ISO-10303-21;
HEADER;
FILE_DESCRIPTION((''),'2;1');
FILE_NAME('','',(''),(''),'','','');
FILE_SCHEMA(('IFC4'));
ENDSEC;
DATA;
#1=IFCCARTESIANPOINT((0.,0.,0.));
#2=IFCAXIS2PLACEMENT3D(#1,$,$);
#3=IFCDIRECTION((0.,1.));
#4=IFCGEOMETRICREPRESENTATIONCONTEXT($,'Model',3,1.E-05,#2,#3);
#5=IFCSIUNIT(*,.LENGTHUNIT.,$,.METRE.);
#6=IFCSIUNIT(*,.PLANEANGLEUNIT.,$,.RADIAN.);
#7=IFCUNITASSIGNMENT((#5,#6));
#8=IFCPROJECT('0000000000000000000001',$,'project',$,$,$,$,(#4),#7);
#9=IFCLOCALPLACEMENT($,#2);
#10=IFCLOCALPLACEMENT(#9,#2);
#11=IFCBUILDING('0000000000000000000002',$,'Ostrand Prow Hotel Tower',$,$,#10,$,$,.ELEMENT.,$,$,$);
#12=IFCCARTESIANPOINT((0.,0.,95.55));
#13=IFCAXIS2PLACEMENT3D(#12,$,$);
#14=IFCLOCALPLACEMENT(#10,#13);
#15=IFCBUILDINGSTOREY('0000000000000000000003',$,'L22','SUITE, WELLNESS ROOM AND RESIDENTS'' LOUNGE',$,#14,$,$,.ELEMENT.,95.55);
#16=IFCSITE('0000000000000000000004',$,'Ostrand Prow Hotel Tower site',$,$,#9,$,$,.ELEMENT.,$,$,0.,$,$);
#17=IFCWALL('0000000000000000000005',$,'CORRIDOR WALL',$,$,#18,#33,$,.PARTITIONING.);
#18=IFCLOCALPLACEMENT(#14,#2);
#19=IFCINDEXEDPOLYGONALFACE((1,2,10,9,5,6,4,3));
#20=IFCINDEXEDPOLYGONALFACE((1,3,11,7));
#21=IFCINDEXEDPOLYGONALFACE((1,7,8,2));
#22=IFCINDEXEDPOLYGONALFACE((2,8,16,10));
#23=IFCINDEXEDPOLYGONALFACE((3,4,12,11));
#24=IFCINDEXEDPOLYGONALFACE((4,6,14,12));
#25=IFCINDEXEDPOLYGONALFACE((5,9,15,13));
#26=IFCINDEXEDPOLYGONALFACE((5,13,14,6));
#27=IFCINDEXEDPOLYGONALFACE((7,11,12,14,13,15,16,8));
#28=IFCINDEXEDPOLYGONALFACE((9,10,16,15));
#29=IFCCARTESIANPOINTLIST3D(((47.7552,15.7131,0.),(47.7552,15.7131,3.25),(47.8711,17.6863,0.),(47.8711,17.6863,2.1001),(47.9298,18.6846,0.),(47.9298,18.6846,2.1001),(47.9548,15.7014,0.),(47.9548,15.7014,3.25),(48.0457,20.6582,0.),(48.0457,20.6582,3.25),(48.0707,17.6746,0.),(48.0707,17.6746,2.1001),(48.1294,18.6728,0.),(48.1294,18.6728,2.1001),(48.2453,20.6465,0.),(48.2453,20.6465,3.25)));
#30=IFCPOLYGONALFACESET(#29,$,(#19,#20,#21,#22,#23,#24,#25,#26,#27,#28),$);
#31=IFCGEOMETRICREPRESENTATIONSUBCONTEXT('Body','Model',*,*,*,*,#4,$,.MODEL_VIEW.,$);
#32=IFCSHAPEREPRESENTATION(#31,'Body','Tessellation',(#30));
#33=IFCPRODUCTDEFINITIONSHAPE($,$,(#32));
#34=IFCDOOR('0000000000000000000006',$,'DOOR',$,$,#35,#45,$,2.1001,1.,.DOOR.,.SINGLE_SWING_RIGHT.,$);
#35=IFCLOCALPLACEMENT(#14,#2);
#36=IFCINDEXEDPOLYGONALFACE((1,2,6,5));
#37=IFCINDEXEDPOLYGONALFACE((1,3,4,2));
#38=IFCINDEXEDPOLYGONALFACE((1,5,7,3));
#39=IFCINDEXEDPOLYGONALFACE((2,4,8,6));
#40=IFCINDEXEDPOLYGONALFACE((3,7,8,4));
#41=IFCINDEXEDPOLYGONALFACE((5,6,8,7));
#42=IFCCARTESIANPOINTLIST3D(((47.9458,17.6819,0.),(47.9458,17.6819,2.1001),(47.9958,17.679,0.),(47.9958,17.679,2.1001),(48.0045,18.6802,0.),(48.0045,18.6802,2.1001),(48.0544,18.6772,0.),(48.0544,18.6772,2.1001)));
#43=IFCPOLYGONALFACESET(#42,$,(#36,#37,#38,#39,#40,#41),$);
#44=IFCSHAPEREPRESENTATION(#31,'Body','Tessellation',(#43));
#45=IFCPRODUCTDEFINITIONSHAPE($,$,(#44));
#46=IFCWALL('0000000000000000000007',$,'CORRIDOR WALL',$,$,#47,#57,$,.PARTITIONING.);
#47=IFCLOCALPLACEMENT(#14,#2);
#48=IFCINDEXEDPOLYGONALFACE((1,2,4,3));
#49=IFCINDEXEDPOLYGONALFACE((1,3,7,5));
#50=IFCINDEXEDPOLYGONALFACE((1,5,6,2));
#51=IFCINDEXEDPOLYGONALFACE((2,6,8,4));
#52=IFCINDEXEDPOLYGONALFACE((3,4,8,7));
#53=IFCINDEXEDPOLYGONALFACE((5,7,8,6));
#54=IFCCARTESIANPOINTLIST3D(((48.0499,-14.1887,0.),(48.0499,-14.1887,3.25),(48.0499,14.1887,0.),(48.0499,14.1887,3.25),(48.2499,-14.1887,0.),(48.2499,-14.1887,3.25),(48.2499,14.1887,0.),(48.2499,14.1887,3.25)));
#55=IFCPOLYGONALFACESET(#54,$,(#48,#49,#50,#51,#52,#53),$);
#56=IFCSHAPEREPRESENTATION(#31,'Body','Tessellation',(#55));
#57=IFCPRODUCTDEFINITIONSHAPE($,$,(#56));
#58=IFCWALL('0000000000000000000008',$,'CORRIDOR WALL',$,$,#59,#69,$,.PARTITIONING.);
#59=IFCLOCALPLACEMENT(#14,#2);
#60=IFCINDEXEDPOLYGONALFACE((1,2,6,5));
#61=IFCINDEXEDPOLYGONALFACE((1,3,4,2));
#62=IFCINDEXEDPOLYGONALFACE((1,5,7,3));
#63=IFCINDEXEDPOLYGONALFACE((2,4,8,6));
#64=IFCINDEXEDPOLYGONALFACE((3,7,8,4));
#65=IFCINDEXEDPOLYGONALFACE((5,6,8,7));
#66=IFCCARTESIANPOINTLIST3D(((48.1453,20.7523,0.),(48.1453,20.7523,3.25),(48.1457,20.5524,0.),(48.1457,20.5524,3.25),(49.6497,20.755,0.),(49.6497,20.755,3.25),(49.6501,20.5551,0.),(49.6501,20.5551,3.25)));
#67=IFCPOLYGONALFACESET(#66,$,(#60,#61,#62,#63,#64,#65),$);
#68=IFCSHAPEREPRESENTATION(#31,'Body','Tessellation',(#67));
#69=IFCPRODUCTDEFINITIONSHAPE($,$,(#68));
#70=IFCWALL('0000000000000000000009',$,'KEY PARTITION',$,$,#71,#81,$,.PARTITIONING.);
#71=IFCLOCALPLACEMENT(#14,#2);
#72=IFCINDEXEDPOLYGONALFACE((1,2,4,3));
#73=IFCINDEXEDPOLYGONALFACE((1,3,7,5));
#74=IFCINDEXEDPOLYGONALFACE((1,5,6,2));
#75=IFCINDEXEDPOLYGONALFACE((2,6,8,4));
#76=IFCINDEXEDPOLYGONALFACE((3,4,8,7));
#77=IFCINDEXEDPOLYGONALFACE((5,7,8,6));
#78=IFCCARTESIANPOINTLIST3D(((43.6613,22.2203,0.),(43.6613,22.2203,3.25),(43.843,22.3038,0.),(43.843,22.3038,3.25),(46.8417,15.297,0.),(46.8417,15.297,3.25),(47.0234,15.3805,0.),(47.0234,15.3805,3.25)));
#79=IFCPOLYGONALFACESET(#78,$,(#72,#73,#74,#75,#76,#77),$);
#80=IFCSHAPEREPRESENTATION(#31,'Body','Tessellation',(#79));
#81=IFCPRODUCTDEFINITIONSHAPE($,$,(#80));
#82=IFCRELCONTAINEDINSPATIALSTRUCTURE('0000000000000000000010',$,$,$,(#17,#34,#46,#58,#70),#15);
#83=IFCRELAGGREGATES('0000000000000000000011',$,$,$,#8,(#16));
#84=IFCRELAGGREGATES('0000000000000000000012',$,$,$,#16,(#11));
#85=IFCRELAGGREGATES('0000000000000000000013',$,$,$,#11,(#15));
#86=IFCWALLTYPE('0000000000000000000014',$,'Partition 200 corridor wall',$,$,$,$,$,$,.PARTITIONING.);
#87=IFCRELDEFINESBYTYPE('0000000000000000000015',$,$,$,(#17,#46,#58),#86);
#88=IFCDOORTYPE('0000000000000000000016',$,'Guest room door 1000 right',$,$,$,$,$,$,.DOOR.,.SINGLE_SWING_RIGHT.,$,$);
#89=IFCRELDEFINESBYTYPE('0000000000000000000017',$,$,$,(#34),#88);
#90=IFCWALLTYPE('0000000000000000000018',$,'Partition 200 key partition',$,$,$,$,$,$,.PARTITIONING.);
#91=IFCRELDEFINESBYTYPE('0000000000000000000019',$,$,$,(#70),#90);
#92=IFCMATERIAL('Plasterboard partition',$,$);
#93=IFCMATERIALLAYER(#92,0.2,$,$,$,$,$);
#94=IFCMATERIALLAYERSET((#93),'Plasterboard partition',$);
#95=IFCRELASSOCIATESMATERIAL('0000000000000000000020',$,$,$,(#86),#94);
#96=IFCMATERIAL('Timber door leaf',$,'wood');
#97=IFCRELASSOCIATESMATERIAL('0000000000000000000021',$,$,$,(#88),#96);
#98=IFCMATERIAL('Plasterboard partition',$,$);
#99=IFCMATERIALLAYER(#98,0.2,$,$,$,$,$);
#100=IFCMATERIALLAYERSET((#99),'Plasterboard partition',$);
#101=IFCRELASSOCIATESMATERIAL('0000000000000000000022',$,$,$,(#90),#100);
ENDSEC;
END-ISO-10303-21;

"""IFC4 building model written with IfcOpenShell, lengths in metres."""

from ifc_helpers import new_model, si_unit, direction, frame, frame_2d, origin, place, context, subcontext, project, spatial, rectangle, extrude, material, layer, layer_set, type_object, element, fill, save


model = new_model("IFC4")

# Units and contexts
model_context = context("Model", 3, precision=1e-05, world=origin(), true_north=direction((0.0, 1.0)))
body_context = subcontext(model_context, "Body", "Model", "MODEL_VIEW")
ifc_project = project(units=[si_unit("LENGTHUNIT", "METRE"), si_unit("PLANEANGLEUNIT", "RADIAN")], contexts=[model_context])

# Site, building, storey
site_placement = place(None, origin())
site = spatial("IfcSite", under=ifc_project, at=site_placement, Name="Ostrand Prow Hotel Tower site", CompositionType="ELEMENT", RefElevation=0.0)
building_placement = place(site_placement, origin())
building = spatial("IfcBuilding", under=site, at=building_placement, Name="Ostrand Prow Hotel Tower", CompositionType="ELEMENT")
storey_placement = place(building_placement, frame((0.0, 0.0, 95.55)))
storey = spatial("IfcBuildingStorey", under=building, at=storey_placement, Name="L22", Description="SUITE, WELLNESS ROOM AND RESIDENTS' LOUNGE", CompositionType="ELEMENT", Elevation=95.55)

# Shared definitions
ifc_material_1 = material(Name="Plasterboard partition")
ifc_layer_1 = layer(ifc_material_1, 0.2)
ifc_layer_set_1 = layer_set([ifc_layer_1], Name="Plasterboard partition")
wall_type_1 = type_object("IfcWallType", Name="Partition 200 corridor wall", PredefinedType="PARTITIONING", material=ifc_layer_set_1)

# Wall, opening, door
wall_1_placement = place(storey_placement, frame((48.1455, 20.6523, 0.0), z_axis=(0.0, 0.0, 1.0), x_axis=(-0.05865, -0.998279, 0.0)))
wall_1 = element("IfcWall", 1, at=wall_1_placement, inside=storey, type_object=wall_type_1, Name="CORRIDOR WALL", PredefinedType="PARTITIONING", context=body_context, shape_type="SweptSolid", body=[
    extrude(rectangle(XDim=4.9536, YDim=0.2, at=frame_2d((2.4768, 0.0))), origin(), (0.0, 0.0, 1.0), 3.25),
])
opening_1_placement = place(wall_1_placement, frame((1.9771, 0.0, 0.0)))
opening_1 = element("IfcOpeningElement", 2, at=opening_1_placement, cuts=wall_1, PredefinedType="OPENING", context=body_context, shape_type="SweptSolid", body=[
    extrude(rectangle(XDim=1.0, YDim=2.1001, at=frame_2d((0.5, 1.05))), frame((0.0, 0.1099, 0.0), z_axis=(0.0, -1.0, 0.0), x_axis=(1.0, 0.0, 0.0)), (0.0, 0.0, 1.0), 0.22),
])
ifc_material_2 = material(Name="Timber door leaf", Category="wood")
door_type_1 = type_object("IfcDoorType", Name="Guest room door 1000 right", OperationType="SINGLE_SWING_RIGHT", PredefinedType="DOOR", material=ifc_material_2)
door_1_placement = place(opening_1_placement, origin())
door_1 = element("IfcDoor", 3, at=door_1_placement, inside=storey, type_object=door_type_1, Name="DOOR", OperationType="SINGLE_SWING_RIGHT", OverallHeight=2.1001, OverallWidth=1.0, PredefinedType="DOOR", context=body_context, shape_type="SweptSolid", body=[
    extrude(rectangle(XDim=1.0, YDim=2.1001, at=frame_2d((0.5, 1.05))), frame((0.0, 0.0249, 0.0), z_axis=(0.0, -1.0, 0.0), x_axis=(1.0, 0.0, 0.0)), (0.0, 0.0, 1.0), 0.05),
])
fill(opening_1, door_1)

# Walls
wall_2_placement = place(storey_placement, frame((48.1499, 14.1887, 0.0), z_axis=(0.0, 0.0, 1.0), x_axis=(0.0, -1.0, 0.0)))
element("IfcWall", 4, at=wall_2_placement, inside=storey, type_object=wall_type_1, Name="CORRIDOR WALL", PredefinedType="PARTITIONING", context=body_context, shape_type="SweptSolid", body=[
    extrude(rectangle(XDim=28.3774, YDim=0.2, at=frame_2d((14.1887, 0.0))), origin(), (0.0, 0.0, 1.0), 3.25),
])
wall_3_placement = place(storey_placement, frame((49.6499, 20.655, 0.0), z_axis=(0.0, 0.0, 1.0), x_axis=(-0.999998, -0.001785, 0.0)))
element("IfcWall", 5, at=wall_3_placement, inside=storey, type_object=wall_type_1, Name="CORRIDOR WALL", PredefinedType="PARTITIONING", context=body_context, shape_type="SweptSolid", body=[
    extrude(rectangle(XDim=1.5044, YDim=0.2, at=frame_2d((0.7522, 0.0))), origin(), (0.0, 0.0, 1.0), 3.25),
])
ifc_material_3 = material(Name="Plasterboard partition")
ifc_layer_2 = layer(ifc_material_3, 0.2)
ifc_layer_set_2 = layer_set([ifc_layer_2], Name="Plasterboard partition")
wall_type_2 = type_object("IfcWallType", Name="Partition 200 key partition", PredefinedType="PARTITIONING", material=ifc_layer_set_2)
wall_4_placement = place(storey_placement, frame((46.9326, 15.3386, 0.0), z_axis=(0.0, 0.0, 1.0), x_axis=(-0.417438, 0.908705, 0.0)))
element("IfcWall", 6, at=wall_4_placement, inside=storey, type_object=wall_type_2, Name="KEY PARTITION", PredefinedType="PARTITIONING", context=body_context, shape_type="SweptSolid", body=[
    extrude(rectangle(XDim=7.6189, YDim=0.2, at=frame_2d((3.8096, 0.0))), origin(), (0.0, 0.0, 1.0), 3.25),
])

save(model, "model.ifc")
